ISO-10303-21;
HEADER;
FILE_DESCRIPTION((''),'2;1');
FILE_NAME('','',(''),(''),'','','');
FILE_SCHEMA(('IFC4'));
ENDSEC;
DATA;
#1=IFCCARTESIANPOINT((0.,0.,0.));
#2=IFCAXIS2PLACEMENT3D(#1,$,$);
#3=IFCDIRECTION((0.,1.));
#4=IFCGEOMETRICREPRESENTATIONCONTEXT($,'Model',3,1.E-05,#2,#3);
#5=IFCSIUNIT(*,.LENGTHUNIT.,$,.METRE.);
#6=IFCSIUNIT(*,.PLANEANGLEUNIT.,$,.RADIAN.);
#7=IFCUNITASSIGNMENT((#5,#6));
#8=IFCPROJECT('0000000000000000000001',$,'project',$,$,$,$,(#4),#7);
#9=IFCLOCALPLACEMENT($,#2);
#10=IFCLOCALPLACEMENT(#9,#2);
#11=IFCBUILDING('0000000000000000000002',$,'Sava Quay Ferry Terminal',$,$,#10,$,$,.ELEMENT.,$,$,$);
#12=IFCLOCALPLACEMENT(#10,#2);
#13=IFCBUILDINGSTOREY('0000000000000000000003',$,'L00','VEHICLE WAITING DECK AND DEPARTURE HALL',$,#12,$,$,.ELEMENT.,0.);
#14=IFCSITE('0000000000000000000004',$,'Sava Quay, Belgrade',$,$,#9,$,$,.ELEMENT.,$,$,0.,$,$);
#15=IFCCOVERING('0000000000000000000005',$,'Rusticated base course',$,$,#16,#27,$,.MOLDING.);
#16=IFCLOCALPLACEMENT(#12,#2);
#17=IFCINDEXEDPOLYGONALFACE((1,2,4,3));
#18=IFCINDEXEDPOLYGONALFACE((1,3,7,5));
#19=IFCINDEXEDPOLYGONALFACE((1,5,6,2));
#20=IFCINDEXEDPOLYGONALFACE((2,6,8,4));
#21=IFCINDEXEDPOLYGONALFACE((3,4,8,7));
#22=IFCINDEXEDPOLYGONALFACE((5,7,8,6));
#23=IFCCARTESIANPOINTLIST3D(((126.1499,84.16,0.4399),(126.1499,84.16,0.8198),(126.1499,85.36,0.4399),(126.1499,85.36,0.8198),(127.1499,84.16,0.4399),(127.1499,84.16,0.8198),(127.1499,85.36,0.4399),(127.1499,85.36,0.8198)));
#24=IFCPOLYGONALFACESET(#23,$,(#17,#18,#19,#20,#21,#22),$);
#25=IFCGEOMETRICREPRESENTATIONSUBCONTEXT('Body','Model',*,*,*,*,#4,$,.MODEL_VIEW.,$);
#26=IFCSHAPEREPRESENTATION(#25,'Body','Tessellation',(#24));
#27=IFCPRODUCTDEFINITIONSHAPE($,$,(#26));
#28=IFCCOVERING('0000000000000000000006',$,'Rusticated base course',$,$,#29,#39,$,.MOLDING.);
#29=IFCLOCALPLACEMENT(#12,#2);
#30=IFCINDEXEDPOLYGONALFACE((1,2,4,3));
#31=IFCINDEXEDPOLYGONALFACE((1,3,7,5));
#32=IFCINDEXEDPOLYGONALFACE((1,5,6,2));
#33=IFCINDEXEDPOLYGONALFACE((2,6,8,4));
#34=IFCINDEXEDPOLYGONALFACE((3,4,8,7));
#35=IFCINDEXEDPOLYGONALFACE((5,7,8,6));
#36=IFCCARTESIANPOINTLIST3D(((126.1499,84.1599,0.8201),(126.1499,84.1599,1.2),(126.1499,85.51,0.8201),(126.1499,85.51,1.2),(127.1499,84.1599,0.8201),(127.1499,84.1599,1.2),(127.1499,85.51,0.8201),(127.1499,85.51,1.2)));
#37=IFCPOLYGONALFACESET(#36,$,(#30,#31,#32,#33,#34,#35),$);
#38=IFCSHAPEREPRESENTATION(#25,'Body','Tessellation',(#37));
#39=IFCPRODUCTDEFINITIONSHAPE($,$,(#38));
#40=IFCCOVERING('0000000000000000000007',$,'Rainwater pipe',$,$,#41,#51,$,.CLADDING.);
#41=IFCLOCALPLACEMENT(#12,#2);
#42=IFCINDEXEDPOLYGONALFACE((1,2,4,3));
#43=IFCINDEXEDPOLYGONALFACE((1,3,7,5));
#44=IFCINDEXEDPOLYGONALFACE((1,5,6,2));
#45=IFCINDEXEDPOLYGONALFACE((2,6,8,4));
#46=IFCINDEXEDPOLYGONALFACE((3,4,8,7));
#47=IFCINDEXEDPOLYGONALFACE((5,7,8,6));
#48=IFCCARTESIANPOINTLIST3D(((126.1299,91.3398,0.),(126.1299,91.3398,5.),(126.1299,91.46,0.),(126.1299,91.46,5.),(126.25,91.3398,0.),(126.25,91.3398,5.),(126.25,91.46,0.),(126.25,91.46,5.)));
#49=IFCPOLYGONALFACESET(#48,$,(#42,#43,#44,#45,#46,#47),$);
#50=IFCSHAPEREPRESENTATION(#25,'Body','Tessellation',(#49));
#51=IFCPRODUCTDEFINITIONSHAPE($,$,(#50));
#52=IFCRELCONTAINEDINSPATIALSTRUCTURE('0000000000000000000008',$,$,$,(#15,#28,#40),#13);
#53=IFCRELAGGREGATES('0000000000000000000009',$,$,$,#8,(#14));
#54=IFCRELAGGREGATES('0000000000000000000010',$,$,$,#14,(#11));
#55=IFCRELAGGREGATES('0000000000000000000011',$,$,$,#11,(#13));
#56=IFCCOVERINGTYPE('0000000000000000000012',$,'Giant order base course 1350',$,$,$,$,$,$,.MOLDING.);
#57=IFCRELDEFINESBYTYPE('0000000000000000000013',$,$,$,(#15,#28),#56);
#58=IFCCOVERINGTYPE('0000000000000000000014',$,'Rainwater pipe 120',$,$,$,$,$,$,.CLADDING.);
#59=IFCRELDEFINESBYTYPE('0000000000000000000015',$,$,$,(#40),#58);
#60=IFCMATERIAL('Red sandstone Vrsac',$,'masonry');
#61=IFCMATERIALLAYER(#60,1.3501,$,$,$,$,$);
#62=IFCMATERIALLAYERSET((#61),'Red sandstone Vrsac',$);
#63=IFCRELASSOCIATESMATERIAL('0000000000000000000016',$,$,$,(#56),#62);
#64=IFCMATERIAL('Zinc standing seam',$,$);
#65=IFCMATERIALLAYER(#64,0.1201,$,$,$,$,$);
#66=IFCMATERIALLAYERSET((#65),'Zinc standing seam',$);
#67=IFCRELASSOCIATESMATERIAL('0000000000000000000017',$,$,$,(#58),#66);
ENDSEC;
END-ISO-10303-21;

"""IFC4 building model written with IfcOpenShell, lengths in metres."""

from ifc_helpers import new_model, si_unit, direction, frame, origin, origin_2d, place, context, subcontext, project, spatial, rectangle, extrude, material, layer, layer_set, type_object, element, save


model = new_model("IFC4")

# Units and contexts
model_context = context("Model", 3, precision=1e-05, world=origin(), true_north=direction((0.0, 1.0)))
body_context = subcontext(model_context, "Body", "Model", "MODEL_VIEW")
ifc_project = project(units=[si_unit("LENGTHUNIT", "METRE"), si_unit("PLANEANGLEUNIT", "RADIAN")], contexts=[model_context])

# Site, building, storey
site_placement = place(None, origin())
site = spatial("IfcSite", under=ifc_project, at=site_placement, Name="Sava Quay, Belgrade", CompositionType="ELEMENT", RefElevation=0.0)
building_placement = place(site_placement, origin())
building = spatial("IfcBuilding", under=site, at=building_placement, Name="Sava Quay Ferry Terminal", CompositionType="ELEMENT")
storey_placement = place(building_placement, origin())
storey = spatial("IfcBuildingStorey", under=building, at=storey_placement, Name="L00", Description="VEHICLE WAITING DECK AND DEPARTURE HALL", CompositionType="ELEMENT", Elevation=0.0)

# Coverings
ifc_material_1 = material(Name="Red sandstone Vrsac", Category="masonry")
ifc_layer_1 = layer(ifc_material_1, 1.3501)
ifc_layer_set_1 = layer_set([ifc_layer_1], Name="Red sandstone Vrsac")
covering_type_1 = type_object("IfcCoveringType", Name="Giant order base course 1350", PredefinedType="MOLDING", material=ifc_layer_set_1)
covering_1_placement = place(storey_placement, frame((126.6499, 84.76, 0.4399), z_axis=(0.0, 0.0, 1.0), x_axis=(1.0, 0.0, 0.0)))
element("IfcCovering", 1, at=covering_1_placement, inside=storey, type_object=covering_type_1, Name="Rusticated base course", PredefinedType="MOLDING", context=body_context, shape_type="SweptSolid", body=[
    extrude(rectangle(XDim=1.0, YDim=1.2, at=origin_2d()), origin(), (0.0, 0.0, 1.0), 0.3799),
])
covering_2_placement = place(storey_placement, frame((126.6499, 84.835, 0.8201), z_axis=(0.0, 0.0, 1.0), x_axis=(1.0, 0.0, 0.0)))
element("IfcCovering", 2, at=covering_2_placement, inside=storey, type_object=covering_type_1, Name="Rusticated base course", PredefinedType="MOLDING", context=body_context, shape_type="SweptSolid", body=[
    extrude(rectangle(XDim=1.0, YDim=1.3501, at=origin_2d()), origin(), (0.0, 0.0, 1.0), 0.3799),
])
ifc_material_2 = material(Name="Zinc standing seam")
ifc_layer_2 = layer(ifc_material_2, 0.1201)
ifc_layer_set_2 = layer_set([ifc_layer_2], Name="Zinc standing seam")
covering_type_2 = type_object("IfcCoveringType", Name="Rainwater pipe 120", PredefinedType="CLADDING", material=ifc_layer_set_2)
covering_3_placement = place(storey_placement, frame((126.1899, 91.3999, 0.0), z_axis=(0.0, 0.0, 1.0), x_axis=(1.0, 0.0, 0.0)))
element("IfcCovering", 3, at=covering_3_placement, inside=storey, type_object=covering_type_2, Name="Rainwater pipe", PredefinedType="CLADDING", context=body_context, shape_type="SweptSolid", body=[
    extrude(rectangle(XDim=0.1201, YDim=0.1201, at=origin_2d()), origin(), (0.0, 0.0, 1.0), 5.0),
])

save(model, "model.ifc")
